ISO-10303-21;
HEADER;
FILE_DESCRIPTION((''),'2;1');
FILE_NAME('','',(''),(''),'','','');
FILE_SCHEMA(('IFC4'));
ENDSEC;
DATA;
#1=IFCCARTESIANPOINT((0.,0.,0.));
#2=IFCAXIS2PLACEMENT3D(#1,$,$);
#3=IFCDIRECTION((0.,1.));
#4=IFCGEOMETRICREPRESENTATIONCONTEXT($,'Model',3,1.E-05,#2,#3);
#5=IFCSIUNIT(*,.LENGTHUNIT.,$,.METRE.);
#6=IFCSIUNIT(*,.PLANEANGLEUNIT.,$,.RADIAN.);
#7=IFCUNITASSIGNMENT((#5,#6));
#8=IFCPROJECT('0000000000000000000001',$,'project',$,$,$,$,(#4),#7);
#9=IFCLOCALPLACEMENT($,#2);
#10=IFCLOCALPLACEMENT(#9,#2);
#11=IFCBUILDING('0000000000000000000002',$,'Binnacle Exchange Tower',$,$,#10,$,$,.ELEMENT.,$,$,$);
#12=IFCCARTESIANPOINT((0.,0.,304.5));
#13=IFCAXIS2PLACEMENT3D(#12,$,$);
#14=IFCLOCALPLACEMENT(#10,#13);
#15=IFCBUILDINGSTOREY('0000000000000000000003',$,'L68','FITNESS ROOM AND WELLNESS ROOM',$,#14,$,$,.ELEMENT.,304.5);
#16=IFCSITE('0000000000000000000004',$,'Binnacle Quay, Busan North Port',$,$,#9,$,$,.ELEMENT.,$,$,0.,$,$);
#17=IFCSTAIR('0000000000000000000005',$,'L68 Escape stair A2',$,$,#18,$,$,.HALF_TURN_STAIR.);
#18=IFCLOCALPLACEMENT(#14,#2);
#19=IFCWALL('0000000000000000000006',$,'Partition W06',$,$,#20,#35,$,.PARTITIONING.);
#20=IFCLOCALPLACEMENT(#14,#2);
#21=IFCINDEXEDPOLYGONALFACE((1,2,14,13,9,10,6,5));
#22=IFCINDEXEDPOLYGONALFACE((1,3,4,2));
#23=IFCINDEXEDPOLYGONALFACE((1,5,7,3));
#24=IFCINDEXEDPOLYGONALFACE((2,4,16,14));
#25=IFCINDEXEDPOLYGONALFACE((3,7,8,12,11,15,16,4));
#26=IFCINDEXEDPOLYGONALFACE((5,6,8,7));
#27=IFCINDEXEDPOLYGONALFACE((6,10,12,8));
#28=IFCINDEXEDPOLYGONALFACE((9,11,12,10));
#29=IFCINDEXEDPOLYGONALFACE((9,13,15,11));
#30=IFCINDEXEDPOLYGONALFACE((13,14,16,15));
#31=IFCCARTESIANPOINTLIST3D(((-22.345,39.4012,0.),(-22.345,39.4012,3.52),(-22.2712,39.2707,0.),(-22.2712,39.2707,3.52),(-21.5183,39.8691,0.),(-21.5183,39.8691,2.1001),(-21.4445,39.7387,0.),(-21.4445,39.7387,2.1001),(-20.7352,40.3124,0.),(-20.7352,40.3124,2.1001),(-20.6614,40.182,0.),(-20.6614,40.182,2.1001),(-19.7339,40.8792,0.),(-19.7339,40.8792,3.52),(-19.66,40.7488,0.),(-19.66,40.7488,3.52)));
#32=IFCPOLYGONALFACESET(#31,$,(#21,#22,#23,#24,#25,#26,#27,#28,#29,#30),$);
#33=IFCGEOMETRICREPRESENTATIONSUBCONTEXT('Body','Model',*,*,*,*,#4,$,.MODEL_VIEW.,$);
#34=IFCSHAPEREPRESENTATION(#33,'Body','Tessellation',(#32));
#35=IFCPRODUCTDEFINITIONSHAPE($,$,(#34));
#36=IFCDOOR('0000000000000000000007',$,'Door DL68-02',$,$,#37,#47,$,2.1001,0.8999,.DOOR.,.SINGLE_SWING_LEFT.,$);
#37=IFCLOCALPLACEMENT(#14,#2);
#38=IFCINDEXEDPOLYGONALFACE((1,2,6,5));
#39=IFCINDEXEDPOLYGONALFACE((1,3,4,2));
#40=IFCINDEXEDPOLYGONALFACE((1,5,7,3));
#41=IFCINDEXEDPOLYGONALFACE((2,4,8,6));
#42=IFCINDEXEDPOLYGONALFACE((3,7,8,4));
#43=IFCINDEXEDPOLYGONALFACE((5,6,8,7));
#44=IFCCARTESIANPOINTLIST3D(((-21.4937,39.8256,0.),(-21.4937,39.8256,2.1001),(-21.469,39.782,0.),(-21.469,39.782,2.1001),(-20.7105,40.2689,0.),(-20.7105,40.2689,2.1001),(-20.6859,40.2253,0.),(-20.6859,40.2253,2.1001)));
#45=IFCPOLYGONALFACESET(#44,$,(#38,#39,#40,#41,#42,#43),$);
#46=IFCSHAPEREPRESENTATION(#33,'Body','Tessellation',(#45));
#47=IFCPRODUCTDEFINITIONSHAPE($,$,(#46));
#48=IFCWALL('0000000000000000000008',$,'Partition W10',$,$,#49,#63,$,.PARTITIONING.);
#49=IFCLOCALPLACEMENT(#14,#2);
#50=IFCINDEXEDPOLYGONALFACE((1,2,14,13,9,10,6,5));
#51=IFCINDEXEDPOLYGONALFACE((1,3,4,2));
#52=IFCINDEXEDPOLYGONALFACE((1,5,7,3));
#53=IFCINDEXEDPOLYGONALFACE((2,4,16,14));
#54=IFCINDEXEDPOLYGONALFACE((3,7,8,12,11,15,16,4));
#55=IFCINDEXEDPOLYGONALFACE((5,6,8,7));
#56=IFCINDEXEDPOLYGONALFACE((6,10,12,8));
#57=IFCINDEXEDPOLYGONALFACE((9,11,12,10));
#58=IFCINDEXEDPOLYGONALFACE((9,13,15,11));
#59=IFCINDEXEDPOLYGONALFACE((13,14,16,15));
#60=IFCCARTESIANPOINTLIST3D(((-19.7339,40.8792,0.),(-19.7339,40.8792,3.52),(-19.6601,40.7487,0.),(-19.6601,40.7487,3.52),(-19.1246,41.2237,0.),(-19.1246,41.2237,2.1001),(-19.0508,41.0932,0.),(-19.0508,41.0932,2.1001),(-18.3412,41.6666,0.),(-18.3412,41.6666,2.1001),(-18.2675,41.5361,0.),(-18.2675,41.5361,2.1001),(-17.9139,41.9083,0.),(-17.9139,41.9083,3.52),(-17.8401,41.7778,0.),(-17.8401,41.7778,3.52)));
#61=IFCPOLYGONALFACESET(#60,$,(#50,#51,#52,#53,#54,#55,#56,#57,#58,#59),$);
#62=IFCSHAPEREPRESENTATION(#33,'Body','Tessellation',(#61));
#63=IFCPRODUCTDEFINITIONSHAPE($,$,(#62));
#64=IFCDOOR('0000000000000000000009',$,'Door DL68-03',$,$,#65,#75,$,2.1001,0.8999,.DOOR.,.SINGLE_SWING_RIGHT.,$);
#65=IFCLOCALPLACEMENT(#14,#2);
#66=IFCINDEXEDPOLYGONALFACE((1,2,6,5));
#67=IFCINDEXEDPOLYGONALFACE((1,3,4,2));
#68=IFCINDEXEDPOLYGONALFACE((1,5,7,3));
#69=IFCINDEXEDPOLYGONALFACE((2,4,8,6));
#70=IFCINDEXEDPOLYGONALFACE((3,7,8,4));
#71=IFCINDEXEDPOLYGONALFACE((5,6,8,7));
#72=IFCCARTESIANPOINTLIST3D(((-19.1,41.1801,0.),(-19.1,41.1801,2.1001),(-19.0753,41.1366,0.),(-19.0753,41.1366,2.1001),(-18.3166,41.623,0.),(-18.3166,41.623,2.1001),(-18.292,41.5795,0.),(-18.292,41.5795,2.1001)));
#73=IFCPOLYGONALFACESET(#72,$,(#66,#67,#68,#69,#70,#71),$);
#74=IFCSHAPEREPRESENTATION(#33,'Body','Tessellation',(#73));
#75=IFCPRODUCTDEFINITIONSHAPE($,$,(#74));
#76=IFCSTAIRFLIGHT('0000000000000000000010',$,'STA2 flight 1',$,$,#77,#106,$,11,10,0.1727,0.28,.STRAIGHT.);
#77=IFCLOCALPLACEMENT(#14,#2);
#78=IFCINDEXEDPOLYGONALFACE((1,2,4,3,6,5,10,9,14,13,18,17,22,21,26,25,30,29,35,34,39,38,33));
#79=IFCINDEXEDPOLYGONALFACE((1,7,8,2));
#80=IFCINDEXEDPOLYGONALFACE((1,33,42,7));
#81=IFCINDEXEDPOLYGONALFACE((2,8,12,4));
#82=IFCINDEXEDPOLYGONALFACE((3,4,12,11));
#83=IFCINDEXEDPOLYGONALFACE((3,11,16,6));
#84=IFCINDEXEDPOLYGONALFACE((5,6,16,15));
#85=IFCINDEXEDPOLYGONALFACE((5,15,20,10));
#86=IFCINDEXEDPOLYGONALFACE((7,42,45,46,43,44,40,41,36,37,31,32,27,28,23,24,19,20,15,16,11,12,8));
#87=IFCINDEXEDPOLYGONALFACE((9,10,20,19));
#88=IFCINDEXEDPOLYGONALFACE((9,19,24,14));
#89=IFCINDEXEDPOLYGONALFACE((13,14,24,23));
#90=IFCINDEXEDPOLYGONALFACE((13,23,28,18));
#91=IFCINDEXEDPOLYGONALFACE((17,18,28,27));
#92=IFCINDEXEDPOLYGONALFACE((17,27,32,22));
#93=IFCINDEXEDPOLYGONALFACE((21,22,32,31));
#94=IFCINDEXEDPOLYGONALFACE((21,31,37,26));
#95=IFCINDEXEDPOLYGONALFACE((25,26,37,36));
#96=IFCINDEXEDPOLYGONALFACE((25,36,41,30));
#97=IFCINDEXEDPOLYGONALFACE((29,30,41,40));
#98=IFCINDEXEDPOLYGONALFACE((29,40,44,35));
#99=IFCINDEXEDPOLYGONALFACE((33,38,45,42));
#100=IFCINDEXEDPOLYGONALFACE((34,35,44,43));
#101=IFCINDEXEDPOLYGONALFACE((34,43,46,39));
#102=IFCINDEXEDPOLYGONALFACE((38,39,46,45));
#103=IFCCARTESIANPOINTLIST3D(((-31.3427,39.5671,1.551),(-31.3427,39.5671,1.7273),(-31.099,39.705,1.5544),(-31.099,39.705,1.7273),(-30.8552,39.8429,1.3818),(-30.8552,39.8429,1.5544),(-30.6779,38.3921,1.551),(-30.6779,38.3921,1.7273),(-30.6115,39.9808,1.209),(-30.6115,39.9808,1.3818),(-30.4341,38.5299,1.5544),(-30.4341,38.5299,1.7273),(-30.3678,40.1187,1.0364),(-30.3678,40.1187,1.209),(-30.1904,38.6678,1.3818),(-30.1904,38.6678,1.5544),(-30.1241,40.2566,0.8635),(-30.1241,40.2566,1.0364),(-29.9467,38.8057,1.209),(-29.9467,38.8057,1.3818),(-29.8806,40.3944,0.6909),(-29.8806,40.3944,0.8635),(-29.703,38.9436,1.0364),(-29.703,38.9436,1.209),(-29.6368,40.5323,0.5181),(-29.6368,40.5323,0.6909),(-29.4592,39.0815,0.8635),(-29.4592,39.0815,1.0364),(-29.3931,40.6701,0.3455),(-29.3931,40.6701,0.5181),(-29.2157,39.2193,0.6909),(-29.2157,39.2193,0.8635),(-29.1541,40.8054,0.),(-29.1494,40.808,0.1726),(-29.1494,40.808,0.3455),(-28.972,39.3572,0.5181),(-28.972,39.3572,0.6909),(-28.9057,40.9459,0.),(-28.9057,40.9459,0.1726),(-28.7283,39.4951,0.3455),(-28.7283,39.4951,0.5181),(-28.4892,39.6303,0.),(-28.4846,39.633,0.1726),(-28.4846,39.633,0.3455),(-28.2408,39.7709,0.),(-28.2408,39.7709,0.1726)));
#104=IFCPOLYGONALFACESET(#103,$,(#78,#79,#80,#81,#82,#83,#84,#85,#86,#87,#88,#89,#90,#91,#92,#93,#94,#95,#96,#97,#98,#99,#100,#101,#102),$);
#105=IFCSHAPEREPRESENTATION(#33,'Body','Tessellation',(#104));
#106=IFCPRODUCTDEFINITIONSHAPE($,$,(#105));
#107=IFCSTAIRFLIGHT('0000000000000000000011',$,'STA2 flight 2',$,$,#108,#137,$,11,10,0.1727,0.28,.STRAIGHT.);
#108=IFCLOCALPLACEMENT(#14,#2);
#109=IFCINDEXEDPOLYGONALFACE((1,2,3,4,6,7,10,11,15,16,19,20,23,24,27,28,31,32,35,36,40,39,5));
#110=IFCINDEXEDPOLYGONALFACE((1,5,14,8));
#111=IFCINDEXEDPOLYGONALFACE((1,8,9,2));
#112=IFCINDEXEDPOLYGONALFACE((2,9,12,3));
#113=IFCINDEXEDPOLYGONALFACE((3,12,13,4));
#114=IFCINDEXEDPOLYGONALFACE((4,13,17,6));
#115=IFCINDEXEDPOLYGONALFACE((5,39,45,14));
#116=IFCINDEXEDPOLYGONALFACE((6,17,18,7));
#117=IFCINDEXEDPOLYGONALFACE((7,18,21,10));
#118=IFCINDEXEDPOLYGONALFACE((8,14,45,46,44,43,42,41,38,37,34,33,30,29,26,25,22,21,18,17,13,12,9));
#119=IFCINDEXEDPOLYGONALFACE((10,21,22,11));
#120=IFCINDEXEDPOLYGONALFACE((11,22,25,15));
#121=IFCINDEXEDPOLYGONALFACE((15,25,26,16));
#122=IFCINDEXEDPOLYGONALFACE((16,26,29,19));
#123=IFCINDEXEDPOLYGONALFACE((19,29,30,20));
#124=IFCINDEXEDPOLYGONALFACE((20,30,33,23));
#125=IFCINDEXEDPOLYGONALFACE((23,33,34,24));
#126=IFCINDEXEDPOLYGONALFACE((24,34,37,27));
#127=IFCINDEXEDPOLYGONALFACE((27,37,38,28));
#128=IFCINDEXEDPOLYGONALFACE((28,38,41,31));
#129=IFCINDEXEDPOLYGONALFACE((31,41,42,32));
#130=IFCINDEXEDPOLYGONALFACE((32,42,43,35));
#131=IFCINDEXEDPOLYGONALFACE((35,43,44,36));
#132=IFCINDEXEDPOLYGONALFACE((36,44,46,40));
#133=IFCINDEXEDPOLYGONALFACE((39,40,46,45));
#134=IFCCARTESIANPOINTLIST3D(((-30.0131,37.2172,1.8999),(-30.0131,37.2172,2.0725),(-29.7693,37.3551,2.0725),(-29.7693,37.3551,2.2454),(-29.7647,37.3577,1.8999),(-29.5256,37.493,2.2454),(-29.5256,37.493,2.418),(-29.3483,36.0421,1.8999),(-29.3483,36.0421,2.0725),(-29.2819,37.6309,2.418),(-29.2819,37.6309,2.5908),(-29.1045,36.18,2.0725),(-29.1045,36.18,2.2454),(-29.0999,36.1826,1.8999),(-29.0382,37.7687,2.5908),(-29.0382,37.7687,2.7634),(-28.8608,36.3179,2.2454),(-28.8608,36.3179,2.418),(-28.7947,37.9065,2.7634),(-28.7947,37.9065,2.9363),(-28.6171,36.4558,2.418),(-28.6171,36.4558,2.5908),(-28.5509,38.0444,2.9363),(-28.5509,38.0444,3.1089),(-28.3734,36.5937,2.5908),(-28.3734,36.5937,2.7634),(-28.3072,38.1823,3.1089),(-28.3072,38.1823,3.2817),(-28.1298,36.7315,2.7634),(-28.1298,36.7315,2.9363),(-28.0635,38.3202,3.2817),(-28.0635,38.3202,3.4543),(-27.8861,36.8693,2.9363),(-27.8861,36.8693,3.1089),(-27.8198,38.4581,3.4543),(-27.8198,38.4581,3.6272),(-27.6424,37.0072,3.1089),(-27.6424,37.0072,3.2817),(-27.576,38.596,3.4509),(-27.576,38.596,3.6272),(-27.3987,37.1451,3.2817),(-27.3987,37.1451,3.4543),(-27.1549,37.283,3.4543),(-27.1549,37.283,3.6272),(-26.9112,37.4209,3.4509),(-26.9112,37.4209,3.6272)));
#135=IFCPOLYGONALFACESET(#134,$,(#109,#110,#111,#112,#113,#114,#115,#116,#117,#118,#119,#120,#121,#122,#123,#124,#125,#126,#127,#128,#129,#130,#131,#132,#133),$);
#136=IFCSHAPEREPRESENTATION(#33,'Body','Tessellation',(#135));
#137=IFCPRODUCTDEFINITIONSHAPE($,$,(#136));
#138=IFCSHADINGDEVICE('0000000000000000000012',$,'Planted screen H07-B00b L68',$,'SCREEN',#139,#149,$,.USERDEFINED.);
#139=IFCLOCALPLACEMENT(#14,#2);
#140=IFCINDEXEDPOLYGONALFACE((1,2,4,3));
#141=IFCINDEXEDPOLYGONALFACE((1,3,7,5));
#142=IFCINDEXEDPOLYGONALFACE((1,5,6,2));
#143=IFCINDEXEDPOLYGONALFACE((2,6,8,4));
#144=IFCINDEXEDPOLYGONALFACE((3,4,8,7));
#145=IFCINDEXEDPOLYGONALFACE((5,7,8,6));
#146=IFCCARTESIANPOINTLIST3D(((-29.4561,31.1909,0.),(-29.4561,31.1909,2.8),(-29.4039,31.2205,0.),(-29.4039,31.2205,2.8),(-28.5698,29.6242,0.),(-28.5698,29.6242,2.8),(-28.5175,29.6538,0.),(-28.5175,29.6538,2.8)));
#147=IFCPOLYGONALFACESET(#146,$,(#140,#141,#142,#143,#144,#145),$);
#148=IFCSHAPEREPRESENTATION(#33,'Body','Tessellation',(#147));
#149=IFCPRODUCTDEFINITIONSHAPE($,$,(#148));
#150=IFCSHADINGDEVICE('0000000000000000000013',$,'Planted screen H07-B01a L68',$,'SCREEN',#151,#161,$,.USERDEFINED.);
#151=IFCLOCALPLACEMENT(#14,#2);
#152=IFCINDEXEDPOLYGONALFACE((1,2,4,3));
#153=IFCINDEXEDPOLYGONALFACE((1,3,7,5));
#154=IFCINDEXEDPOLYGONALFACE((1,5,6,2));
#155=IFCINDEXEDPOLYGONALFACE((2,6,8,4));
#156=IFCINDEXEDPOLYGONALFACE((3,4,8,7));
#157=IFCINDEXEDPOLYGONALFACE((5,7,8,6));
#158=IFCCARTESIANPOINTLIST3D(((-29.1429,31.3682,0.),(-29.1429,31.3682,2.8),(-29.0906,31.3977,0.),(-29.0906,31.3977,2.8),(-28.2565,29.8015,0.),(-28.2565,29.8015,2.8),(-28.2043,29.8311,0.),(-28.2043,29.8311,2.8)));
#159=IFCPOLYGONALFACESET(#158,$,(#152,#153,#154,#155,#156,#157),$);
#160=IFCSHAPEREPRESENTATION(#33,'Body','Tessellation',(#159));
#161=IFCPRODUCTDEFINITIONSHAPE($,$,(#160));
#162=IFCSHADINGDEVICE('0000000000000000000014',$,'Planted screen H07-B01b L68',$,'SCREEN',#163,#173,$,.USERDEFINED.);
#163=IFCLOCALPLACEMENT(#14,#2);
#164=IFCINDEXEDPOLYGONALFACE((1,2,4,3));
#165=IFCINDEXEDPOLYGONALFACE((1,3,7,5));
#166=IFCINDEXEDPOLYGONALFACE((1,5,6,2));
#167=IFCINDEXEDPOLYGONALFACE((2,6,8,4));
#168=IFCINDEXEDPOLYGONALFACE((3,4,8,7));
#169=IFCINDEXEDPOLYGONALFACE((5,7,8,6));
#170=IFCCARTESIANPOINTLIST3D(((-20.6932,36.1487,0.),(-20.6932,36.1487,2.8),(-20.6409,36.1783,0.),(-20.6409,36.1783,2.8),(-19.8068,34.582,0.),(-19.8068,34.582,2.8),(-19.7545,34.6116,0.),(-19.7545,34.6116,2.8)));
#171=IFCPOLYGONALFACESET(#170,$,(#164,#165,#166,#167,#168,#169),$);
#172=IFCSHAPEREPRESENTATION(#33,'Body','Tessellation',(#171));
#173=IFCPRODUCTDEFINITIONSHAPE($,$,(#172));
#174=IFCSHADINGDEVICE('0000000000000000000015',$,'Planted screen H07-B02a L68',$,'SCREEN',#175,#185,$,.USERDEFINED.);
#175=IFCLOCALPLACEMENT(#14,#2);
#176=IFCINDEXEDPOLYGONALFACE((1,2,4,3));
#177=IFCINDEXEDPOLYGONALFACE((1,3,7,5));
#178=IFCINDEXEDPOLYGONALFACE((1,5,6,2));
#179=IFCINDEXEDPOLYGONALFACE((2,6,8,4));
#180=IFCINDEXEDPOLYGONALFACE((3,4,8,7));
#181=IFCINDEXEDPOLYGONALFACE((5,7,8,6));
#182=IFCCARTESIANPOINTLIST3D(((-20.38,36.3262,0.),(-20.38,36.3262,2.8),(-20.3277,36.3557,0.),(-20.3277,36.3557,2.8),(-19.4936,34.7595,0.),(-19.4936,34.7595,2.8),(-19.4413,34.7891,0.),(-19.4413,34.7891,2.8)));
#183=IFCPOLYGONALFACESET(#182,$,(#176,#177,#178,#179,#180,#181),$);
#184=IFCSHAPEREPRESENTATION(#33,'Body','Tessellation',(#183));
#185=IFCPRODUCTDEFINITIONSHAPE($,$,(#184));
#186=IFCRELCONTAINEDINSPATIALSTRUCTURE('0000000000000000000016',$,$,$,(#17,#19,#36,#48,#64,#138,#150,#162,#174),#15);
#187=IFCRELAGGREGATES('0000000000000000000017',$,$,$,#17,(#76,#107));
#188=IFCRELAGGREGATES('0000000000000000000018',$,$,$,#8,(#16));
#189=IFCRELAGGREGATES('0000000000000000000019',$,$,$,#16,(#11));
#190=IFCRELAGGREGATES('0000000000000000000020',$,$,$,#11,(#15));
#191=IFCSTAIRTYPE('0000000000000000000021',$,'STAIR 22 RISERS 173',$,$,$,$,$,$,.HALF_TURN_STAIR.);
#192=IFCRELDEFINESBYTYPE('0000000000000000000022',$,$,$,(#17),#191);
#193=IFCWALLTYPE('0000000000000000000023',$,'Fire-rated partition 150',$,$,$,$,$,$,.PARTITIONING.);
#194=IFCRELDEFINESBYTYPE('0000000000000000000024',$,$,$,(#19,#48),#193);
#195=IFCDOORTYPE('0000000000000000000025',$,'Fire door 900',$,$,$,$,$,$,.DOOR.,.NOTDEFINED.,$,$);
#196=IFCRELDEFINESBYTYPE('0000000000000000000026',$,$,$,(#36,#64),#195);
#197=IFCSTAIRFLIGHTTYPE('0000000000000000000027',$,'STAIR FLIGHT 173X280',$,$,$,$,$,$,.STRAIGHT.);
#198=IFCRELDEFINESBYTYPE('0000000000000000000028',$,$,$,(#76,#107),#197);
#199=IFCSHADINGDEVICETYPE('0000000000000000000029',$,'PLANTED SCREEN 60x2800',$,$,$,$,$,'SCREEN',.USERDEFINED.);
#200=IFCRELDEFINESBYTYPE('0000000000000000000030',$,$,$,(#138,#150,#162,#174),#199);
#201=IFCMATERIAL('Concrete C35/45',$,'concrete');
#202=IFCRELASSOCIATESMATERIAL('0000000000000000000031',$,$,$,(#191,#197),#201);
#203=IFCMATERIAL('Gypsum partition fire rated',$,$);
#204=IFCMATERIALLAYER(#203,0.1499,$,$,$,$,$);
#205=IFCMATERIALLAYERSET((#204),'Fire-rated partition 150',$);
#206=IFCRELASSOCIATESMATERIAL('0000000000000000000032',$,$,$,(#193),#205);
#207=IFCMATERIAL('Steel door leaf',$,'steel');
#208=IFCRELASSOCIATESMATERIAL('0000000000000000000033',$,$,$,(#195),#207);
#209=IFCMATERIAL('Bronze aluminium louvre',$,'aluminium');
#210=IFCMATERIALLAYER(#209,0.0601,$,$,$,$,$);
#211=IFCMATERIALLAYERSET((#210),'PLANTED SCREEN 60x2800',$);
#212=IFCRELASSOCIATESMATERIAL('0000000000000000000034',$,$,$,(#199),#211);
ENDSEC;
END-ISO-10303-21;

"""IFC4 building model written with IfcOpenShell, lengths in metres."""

from ifc_helpers import new_model, si_unit, direction, frame, frame_2d, origin, origin_2d, place, context, subcontext, project, spatial, polyline, rectangle, outline, extrude, material, layer, layer_set, type_object, element, fill, aggregate, save


model = new_model("IFC4")

# Units and contexts
model_context = context("Model", 3, precision=1e-05, world=origin(), true_north=direction((0.0, 1.0)))
body_context = subcontext(model_context, "Body", "Model", "MODEL_VIEW")
ifc_project = project(units=[si_unit("LENGTHUNIT", "METRE"), si_unit("PLANEANGLEUNIT", "RADIAN")], contexts=[model_context])

# Site, building, storey
site_placement = place(None, origin())
site = spatial("IfcSite", under=ifc_project, at=site_placement, Name="Binnacle Quay, Busan North Port", CompositionType="ELEMENT", RefElevation=0.0)
building_placement = place(site_placement, origin())
building = spatial("IfcBuilding", under=site, at=building_placement, Name="Binnacle Exchange Tower", CompositionType="ELEMENT")
storey_placement = place(building_placement, frame((0.0, 0.0, 304.5)))
storey = spatial("IfcBuildingStorey", under=building, at=storey_placement, Name="L68", Description="FITNESS ROOM AND WELLNESS ROOM", CompositionType="ELEMENT", Elevation=304.5)

# Shared definitions
ifc_material_1 = material(Name="Concrete C35/45", Category="concrete")

# Stair
stair_type = type_object("IfcStairType", Name="STAIR 22 RISERS 173", PredefinedType="HALF_TURN_STAIR", material=ifc_material_1)
stair_1_placement = place(storey_placement, origin())
stair_1 = element("IfcStair", 1, at=stair_1_placement, inside=storey, type_object=stair_type, Name="L68 Escape stair A2", PredefinedType="HALF_TURN_STAIR")

# Shared definitions
ifc_material_2 = material(Name="Gypsum partition fire rated")
ifc_layer_1 = layer(ifc_material_2, 0.1499)
ifc_layer_set_1 = layer_set([ifc_layer_1], Name="Fire-rated partition 150")
wall_type = type_object("IfcWallType", Name="Fire-rated partition 150", PredefinedType="PARTITIONING", material=ifc_layer_set_1)

# Walls, openings, doors
ifc_material_3 = material(Name="Steel door leaf", Category="steel")
door_type = type_object("IfcDoorType", Name="Fire door 900", OperationType="NOTDEFINED", PredefinedType="DOOR", material=ifc_material_3)
wall_1_placement = place(storey_placement, frame((-22.3081, 39.3359, 0.0), z_axis=(0.0, 0.0, 1.0), x_axis=(0.870249, 0.492612, 0.0)))
wall_1 = element("IfcWall", 2, at=wall_1_placement, inside=storey, type_object=wall_type, Name="Partition W06", PredefinedType="PARTITIONING", context=body_context, shape_type="SweptSolid", body=[
    extrude(rectangle(XDim=3.0005, YDim=0.1499, at=frame_2d((1.5002, 0.0))), origin(), (0.0, 0.0, 1.0), 3.52),
])
opening_1_placement = place(wall_1_placement, frame((0.95, 0.0, 0.0)))
opening_1 = element("IfcOpeningElement", 3, at=opening_1_placement, cuts=wall_1, PredefinedType="OPENING", context=body_context, shape_type="SweptSolid", body=[
    extrude(rectangle(XDim=0.8999, YDim=2.1001, at=frame_2d((0.45, 1.05))), frame((0.0, 0.085, 0.0), z_axis=(0.0, -1.0, 0.0), x_axis=(1.0, 0.0, 0.0)), (0.0, 0.0, 1.0), 0.1699),
])
door_1_placement = place(opening_1_placement, origin())
door_1 = element("IfcDoor", 4, at=door_1_placement, inside=storey, type_object=door_type, Name="Door DL68-02", OperationType="SINGLE_SWING_LEFT", OverallHeight=2.1001, OverallWidth=0.8999, PredefinedType="DOOR", context=body_context, shape_type="SweptSolid", body=[
    extrude(rectangle(XDim=0.8999, YDim=2.1001, at=frame_2d((0.45, 1.05))), frame((0.0, 0.0249, 0.0), z_axis=(0.0, -1.0, 0.0), x_axis=(1.0, 0.0, 0.0)), (0.0, 0.0, 1.0), 0.05),
])
fill(opening_1, door_1)
wall_2_placement = place(storey_placement, frame((-19.697, 40.814, 0.0), z_axis=(0.0, 0.0, 1.0), x_axis=(0.870498, 0.492173, 0.0)))
wall_2 = element("IfcWall", 5, at=wall_2_placement, inside=storey, type_object=wall_type, Name="Partition W10", PredefinedType="PARTITIONING", context=body_context, shape_type="SweptSolid", body=[
    extrude(rectangle(XDim=2.0908, YDim=0.1499, at=frame_2d((1.0454, 0.0))), origin(), (0.0, 0.0, 1.0), 3.52),
])
opening_2_placement = place(wall_2_placement, frame((0.7, 0.0, 0.0)))
opening_2 = element("IfcOpeningElement", 6, at=opening_2_placement, cuts=wall_2, PredefinedType="OPENING", context=body_context, shape_type="SweptSolid", body=[
    extrude(rectangle(XDim=0.8999, YDim=2.1001, at=frame_2d((0.45, 1.05))), frame((0.0, 0.085, 0.0), z_axis=(0.0, -1.0, 0.0), x_axis=(1.0, 0.0, 0.0)), (0.0, 0.0, 1.0), 0.1699),
])
door_2_placement = place(opening_2_placement, origin())
door_2 = element("IfcDoor", 7, at=door_2_placement, inside=storey, type_object=door_type, Name="Door DL68-03", OperationType="SINGLE_SWING_RIGHT", OverallHeight=2.1001, OverallWidth=0.8999, PredefinedType="DOOR", context=body_context, shape_type="SweptSolid", body=[
    extrude(rectangle(XDim=0.8999, YDim=2.1001, at=frame_2d((0.45, 1.05))), frame((0.0, 0.0249, 0.0), z_axis=(0.0, -1.0, 0.0), x_axis=(1.0, 0.0, 0.0)), (0.0, 0.0, 1.0), 0.05),
])
fill(opening_2, door_2)

# Stair flights
stair_flight_type = type_object("IfcStairFlightType", Name="STAIR FLIGHT 173X280", PredefinedType="STRAIGHT", material=ifc_material_1)
stair_flight_1_placement = place(storey_placement, frame((-28.5732, 40.3584, 0.0), z_axis=(0.0, 0.0, 1.0), x_axis=(-0.870356, -0.492424, 0.0)))
stair_flight_1 = element("IfcStairFlight", 8, at=stair_flight_1_placement, type_object=stair_flight_type, Name="STA2 flight 1", NumberOfRisers=11, NumberOfTreads=10, PredefinedType="STRAIGHT", RiserHeight=0.1727, TreadLength=0.28, context=body_context, shape_type="SweptSolid", body=[
    extrude(outline(polyline([(0.0, 0.0), (0.0, 0.1726), (0.28, 0.1726), (0.28, 0.3455), (0.5601, 0.3455), (0.5601, 0.5181), (0.8401, 0.5181), (0.8401, 0.6909), (1.1201, 0.6909), (1.1201, 0.8635), (1.3999, 0.8635), (1.3999, 1.0364), (1.6799, 1.0364), (1.6799, 1.209), (1.96, 1.209), (1.96, 1.3818), (2.24, 1.3818), (2.24, 1.5544), (2.52, 1.5544), (2.52, 1.7273), (2.8, 1.7273), (2.8, 1.8999), (2.8, 1.551), (0.2854, 0.0), (0.0, 0.0)])), frame((0.0, 0.675, 0.0), z_axis=(0.0, -1.0, 0.0), x_axis=(1.0, 0.0, 0.0)), (0.0, 0.0, 1.0), 1.3501),
])
stair_flight_2_placement = place(storey_placement, frame((-29.6807, 36.6296, 1.8999), z_axis=(0.0, 0.0, 1.0), x_axis=(0.870356, 0.492424, 0.0)))
stair_flight_2 = element("IfcStairFlight", 9, at=stair_flight_2_placement, type_object=stair_flight_type, Name="STA2 flight 2", NumberOfRisers=11, NumberOfTreads=10, PredefinedType="STRAIGHT", RiserHeight=0.1727, TreadLength=0.28, context=body_context, shape_type="SweptSolid", body=[
    extrude(outline(polyline([(0.0, 0.0), (0.0, 0.1726), (0.28, 0.1726), (0.28, 0.3455), (0.5601, 0.3455), (0.5601, 0.5181), (0.8401, 0.5181), (0.8401, 0.6909), (1.1201, 0.6909), (1.1201, 0.8635), (1.3999, 0.8635), (1.3999, 1.0364), (1.6799, 1.0364), (1.6799, 1.209), (1.96, 1.209), (1.96, 1.3818), (2.24, 1.3818), (2.24, 1.5544), (2.52, 1.5544), (2.52, 1.7273), (2.8, 1.7273), (2.8, 1.8999), (2.8, 1.551), (0.2854, 0.0), (0.0, 0.0)])), frame((0.0, 0.675, 0.0), z_axis=(0.0, -1.0, 0.0), x_axis=(1.0, 0.0, 0.0)), (0.0, 0.0, 1.0), 1.3501),
])
aggregate(stair_1, [stair_flight_1, stair_flight_2])

# Shading devices
ifc_material_4 = material(Name="Bronze aluminium louvre", Category="aluminium")
ifc_layer_2 = layer(ifc_material_4, 0.0601)
ifc_layer_set_2 = layer_set([ifc_layer_2], Name="PLANTED SCREEN 60x2800")
shading_device_type = type_object("IfcShadingDeviceType", Name="PLANTED SCREEN 60x2800", ElementType="SCREEN", PredefinedType="USERDEFINED", material=ifc_layer_set_2)
for number, where, z_axis, x_axis, name in (
    (10, (-28.9868, 30.4224, 0.0), (0.0, 0.0, 1.0), (0.870356, 0.492424, 0.0), "Planted screen H07-B00b L68"),
    (11, (-28.6736, 30.5996, 0.0), (0.0, 0.0, 1.0), (0.870356, 0.492424, 0.0), "Planted screen H07-B01a L68"),
    (12, (-20.2239, 35.3801, 0.0), (0.0, 0.0, 1.0), (0.870356, 0.492424, 0.0), "Planted screen H07-B01b L68"),
    (13, (-19.9106, 35.5576, 0.0), (0.0, 0.0, 1.0), (0.870356, 0.492424, 0.0), "Planted screen H07-B02a L68"),
):
    element("IfcShadingDevice", number, at=place(storey_placement, frame(where, z_axis=z_axis, x_axis=x_axis)), inside=storey, type_object=shading_device_type, Name=name, ObjectType="SCREEN", PredefinedType="USERDEFINED", context=body_context, shape_type="SweptSolid", body=[
        extrude(rectangle(XDim=0.0601, YDim=1.8, at=origin_2d()), origin(), (0.0, 0.0, 1.0), 2.8),
    ])

save(model, "model.ifc")
